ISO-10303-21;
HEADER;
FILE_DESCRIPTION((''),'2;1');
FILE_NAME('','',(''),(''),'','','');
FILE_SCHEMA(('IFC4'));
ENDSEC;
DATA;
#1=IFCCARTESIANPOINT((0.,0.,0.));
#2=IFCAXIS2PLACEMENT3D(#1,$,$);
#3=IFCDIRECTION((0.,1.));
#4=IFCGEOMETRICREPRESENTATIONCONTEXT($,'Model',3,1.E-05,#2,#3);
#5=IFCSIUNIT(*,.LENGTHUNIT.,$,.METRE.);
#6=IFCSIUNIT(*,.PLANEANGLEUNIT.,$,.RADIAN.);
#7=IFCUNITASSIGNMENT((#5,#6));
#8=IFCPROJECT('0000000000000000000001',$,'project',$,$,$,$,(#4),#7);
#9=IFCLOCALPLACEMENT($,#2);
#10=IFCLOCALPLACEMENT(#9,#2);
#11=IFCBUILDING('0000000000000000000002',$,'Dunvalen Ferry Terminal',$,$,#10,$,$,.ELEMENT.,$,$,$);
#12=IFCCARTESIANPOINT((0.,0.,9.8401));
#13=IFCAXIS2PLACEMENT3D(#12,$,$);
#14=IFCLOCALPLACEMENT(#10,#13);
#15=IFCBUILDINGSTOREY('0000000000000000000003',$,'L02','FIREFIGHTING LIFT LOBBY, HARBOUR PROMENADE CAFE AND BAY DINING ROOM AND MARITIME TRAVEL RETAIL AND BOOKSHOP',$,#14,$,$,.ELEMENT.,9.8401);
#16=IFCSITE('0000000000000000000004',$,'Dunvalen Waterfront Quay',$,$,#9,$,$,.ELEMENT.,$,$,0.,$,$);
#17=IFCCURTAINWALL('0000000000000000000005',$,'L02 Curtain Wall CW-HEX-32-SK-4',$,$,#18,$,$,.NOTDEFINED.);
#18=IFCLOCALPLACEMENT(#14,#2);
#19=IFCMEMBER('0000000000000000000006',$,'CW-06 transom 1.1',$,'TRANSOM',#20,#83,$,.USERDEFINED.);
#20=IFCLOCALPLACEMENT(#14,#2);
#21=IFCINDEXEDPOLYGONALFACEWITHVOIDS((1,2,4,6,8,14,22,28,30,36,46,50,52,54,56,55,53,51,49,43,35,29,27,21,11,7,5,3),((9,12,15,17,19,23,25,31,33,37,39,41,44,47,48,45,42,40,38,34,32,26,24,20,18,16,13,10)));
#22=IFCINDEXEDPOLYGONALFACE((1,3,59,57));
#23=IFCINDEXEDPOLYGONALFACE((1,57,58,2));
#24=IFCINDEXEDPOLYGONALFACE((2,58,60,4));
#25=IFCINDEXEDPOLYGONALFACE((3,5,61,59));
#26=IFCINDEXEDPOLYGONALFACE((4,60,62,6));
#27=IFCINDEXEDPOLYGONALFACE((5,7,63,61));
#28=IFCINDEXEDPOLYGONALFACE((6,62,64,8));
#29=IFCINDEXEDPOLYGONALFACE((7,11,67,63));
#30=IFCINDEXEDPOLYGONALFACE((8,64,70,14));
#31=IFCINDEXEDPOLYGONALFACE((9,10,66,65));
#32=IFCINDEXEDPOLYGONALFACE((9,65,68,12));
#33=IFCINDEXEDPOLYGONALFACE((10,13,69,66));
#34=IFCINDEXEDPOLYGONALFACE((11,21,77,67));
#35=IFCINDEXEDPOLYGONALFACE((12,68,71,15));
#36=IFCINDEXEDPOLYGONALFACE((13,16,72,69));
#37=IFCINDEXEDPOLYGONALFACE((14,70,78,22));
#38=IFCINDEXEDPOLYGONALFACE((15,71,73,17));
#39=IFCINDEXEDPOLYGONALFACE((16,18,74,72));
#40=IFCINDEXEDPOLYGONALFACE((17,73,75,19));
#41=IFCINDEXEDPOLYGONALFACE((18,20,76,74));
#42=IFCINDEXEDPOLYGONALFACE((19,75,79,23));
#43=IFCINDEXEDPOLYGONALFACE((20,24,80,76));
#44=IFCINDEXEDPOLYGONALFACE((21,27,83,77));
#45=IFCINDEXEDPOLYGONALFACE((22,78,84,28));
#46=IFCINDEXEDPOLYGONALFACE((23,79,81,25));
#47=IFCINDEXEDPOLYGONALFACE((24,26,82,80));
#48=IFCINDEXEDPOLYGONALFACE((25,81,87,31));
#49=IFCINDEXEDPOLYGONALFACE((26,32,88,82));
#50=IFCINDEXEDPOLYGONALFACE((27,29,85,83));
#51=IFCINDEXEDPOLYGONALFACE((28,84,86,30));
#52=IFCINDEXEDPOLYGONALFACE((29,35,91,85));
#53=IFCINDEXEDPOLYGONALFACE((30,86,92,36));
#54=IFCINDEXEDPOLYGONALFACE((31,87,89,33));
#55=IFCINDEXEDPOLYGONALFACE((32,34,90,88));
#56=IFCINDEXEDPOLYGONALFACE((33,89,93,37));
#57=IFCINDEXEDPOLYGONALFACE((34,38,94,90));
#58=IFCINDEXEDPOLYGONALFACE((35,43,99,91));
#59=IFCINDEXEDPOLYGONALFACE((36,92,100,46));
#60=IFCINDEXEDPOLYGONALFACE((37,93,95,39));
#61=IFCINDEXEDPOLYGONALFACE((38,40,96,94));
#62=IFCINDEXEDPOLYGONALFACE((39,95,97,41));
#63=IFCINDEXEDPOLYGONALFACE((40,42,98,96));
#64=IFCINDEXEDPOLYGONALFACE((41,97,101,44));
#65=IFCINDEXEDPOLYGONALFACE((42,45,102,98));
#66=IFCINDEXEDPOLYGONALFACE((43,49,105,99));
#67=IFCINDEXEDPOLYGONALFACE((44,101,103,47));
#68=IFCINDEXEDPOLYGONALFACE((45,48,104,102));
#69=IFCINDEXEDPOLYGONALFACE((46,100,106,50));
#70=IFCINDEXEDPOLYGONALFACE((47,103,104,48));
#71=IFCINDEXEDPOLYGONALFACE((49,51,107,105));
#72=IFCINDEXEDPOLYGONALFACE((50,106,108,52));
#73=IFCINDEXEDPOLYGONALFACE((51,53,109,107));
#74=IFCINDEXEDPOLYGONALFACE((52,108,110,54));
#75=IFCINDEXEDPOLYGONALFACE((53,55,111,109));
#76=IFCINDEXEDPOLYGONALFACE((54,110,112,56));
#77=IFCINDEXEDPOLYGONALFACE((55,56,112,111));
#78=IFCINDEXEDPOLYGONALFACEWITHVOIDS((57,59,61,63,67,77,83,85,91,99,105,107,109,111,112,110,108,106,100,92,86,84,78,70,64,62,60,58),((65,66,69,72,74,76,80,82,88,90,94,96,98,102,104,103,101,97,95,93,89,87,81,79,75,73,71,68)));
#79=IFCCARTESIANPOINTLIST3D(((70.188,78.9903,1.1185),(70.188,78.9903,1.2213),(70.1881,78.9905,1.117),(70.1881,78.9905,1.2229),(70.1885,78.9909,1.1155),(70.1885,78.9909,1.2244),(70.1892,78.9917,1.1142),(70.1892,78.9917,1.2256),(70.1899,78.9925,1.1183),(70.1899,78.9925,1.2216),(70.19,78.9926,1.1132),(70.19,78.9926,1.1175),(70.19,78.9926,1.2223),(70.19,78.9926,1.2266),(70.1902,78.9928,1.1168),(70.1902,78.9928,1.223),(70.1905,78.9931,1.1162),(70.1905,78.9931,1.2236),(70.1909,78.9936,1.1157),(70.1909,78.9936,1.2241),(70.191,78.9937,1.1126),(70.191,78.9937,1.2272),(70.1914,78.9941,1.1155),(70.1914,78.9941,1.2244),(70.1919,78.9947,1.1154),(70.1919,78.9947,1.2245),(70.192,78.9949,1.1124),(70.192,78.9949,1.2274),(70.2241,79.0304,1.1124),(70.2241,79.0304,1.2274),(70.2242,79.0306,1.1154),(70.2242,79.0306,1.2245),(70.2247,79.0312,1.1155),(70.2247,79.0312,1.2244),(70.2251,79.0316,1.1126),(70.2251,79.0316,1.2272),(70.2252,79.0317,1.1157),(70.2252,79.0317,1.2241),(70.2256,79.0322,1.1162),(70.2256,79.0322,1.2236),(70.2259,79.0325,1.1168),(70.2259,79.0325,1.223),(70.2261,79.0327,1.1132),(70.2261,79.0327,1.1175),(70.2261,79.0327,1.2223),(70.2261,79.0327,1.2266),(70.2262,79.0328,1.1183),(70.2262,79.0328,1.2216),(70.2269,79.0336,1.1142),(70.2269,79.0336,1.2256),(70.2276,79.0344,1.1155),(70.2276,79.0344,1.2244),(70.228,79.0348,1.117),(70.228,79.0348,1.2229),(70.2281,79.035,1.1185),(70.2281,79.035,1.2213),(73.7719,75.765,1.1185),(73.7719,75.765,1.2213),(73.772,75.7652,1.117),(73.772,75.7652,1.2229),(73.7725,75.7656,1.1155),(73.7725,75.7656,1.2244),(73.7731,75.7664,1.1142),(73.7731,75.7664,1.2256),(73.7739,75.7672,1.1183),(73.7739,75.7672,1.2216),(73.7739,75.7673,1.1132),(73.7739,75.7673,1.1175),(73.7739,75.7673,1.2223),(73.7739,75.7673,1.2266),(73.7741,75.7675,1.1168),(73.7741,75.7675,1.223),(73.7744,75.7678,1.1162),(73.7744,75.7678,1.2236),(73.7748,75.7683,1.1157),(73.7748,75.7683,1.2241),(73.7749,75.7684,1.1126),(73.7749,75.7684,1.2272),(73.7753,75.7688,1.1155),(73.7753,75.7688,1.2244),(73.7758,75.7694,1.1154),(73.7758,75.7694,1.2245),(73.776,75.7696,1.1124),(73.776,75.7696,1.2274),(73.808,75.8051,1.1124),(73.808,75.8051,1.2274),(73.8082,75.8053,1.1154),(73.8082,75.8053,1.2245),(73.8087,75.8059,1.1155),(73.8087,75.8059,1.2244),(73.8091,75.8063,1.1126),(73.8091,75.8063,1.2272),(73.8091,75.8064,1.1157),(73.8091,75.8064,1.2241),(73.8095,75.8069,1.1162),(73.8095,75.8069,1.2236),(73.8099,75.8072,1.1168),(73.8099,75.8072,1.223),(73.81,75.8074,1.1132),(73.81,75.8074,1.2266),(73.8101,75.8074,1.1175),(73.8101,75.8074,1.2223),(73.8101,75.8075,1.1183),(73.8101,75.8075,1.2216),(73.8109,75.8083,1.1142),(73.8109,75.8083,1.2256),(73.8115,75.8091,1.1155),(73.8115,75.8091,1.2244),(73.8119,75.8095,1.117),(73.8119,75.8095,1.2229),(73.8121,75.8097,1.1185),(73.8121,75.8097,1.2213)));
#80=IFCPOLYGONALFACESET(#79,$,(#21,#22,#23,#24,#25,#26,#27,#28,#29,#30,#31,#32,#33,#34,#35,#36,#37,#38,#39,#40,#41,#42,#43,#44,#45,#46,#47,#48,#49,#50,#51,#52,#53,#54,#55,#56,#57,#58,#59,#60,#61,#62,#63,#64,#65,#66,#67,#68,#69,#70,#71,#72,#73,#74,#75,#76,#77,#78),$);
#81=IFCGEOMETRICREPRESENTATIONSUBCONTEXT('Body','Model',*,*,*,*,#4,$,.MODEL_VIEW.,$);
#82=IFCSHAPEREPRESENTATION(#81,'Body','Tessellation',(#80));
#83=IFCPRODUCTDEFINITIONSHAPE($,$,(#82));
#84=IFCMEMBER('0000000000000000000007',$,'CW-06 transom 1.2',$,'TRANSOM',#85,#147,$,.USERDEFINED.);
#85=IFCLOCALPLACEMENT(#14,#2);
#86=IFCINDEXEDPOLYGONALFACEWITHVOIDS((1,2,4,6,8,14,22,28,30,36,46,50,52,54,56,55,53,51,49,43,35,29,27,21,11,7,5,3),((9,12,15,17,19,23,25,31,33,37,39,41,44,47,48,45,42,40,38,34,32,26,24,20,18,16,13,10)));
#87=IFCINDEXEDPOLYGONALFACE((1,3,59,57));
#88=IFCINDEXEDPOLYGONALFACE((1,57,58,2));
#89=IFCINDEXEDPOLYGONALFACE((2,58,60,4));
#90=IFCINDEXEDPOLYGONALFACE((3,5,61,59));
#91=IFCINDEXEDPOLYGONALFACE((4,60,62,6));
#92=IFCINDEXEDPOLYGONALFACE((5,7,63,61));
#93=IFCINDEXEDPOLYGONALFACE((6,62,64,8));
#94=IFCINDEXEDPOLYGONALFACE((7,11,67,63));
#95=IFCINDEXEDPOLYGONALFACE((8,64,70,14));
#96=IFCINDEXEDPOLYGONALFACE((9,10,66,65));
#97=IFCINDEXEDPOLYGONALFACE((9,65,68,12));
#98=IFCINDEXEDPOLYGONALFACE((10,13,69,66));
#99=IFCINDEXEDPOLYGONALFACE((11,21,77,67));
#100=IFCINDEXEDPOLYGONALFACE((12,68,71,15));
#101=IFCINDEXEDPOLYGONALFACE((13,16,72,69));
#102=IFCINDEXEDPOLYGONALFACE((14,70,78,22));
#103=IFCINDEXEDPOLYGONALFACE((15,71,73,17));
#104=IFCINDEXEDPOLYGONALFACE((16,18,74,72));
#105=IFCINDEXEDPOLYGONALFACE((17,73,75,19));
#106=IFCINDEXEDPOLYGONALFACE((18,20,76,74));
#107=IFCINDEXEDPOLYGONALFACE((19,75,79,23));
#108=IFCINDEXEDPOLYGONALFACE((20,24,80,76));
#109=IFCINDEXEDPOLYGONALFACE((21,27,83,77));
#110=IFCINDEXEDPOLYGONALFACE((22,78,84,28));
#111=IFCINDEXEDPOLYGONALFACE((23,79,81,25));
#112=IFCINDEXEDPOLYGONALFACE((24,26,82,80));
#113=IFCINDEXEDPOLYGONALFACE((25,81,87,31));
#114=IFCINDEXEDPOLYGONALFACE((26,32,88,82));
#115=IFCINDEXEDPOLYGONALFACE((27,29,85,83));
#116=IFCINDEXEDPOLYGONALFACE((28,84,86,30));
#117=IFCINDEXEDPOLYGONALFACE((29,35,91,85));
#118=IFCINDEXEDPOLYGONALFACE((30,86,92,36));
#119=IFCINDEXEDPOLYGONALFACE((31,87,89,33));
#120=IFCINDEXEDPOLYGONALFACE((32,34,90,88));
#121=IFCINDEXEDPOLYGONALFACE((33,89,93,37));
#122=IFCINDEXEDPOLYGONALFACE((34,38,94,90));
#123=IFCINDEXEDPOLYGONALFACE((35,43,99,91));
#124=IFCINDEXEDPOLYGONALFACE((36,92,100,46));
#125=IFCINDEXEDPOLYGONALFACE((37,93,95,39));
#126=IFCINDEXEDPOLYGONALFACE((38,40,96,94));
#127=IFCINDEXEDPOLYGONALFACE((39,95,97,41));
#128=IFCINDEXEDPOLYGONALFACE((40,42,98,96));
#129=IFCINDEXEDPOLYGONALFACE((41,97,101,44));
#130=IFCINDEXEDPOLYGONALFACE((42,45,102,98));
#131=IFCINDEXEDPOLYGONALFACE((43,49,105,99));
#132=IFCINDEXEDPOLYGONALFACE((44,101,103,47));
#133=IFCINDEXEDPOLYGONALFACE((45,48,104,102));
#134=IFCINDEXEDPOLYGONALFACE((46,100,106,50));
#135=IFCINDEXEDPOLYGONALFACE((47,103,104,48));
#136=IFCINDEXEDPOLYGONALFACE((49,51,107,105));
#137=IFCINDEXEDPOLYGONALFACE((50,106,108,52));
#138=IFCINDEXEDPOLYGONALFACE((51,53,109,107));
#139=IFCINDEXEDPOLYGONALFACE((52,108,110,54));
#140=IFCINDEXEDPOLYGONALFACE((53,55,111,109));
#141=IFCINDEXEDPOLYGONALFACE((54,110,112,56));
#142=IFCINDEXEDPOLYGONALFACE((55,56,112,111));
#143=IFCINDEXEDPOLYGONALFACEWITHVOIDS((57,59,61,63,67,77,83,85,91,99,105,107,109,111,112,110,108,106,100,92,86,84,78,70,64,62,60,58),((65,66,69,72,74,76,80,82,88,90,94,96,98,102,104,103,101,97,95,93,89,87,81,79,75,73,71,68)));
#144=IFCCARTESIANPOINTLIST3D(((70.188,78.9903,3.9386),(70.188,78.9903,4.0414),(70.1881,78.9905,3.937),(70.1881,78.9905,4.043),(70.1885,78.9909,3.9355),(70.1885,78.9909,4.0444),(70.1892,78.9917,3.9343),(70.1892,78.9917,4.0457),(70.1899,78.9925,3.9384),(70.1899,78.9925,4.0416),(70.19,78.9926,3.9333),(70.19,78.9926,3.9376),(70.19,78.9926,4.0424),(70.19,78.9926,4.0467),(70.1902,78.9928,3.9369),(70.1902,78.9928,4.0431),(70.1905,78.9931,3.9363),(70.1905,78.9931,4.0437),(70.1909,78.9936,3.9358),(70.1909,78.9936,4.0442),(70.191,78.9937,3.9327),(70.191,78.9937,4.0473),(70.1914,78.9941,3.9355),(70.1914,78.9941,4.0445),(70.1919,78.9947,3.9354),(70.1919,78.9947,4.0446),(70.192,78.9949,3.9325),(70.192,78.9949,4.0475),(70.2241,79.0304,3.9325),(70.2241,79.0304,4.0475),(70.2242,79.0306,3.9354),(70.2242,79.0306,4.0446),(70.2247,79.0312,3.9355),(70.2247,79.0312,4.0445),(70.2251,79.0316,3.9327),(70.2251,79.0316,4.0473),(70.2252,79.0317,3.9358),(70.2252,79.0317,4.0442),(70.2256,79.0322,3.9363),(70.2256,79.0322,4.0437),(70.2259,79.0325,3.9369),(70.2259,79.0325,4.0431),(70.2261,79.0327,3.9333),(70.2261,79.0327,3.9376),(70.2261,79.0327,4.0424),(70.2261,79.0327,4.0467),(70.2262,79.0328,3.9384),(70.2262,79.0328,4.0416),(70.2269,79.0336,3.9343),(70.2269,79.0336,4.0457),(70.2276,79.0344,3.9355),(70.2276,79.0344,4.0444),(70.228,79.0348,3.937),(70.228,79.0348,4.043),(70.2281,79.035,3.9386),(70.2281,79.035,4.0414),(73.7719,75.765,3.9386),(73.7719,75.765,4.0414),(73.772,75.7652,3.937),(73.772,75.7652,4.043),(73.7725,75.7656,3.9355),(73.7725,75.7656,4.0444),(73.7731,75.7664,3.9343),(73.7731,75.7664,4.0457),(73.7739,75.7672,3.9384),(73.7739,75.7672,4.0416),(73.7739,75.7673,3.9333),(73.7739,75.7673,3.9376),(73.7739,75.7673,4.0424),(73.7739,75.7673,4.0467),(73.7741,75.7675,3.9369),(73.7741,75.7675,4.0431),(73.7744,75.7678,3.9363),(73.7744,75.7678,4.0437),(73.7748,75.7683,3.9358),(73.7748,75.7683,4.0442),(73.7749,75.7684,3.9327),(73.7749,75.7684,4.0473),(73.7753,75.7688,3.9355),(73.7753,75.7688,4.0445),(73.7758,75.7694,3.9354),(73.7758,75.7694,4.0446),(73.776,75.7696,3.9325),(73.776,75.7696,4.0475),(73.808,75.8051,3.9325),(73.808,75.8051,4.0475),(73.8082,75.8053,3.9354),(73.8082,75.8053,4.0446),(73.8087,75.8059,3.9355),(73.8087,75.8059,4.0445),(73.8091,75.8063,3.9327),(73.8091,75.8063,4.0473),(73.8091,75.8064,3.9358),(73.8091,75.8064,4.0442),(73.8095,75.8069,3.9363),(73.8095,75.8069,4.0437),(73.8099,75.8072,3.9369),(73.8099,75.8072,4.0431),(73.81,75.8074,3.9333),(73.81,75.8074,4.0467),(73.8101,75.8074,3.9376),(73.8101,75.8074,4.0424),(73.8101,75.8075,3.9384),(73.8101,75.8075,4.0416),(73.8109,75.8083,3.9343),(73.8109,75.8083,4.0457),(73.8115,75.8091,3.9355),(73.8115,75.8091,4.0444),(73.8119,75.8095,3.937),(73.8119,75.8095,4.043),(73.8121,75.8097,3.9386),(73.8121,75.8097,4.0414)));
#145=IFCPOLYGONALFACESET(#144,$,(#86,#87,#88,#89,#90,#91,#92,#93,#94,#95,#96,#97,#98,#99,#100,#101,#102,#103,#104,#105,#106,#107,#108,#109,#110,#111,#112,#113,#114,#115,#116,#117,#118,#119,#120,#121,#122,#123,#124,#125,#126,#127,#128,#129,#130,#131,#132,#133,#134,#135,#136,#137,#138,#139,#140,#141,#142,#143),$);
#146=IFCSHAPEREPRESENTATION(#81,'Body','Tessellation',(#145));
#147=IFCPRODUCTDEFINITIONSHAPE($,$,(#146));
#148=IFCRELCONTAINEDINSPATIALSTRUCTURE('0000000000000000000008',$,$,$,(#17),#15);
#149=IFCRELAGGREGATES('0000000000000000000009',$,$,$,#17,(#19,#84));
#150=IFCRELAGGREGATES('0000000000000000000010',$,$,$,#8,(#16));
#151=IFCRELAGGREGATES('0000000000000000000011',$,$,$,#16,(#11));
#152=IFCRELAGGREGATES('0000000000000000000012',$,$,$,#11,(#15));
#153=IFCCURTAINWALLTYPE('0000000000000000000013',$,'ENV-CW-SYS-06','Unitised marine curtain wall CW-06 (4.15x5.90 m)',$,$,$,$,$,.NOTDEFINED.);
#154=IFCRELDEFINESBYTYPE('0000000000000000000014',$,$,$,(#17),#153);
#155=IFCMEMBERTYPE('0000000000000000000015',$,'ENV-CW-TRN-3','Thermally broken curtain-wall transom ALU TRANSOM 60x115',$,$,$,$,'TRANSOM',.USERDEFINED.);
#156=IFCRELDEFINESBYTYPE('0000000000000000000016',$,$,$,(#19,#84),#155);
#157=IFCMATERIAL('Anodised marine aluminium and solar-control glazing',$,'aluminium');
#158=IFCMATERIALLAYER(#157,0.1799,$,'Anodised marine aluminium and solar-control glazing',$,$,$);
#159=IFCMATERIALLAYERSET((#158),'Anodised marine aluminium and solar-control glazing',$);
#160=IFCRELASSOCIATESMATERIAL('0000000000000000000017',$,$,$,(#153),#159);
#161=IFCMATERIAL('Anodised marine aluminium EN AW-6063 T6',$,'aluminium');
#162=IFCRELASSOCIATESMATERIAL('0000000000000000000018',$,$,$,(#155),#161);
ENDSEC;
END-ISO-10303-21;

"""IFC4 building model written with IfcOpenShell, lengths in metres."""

from ifc_helpers import new_model, si_unit, direction, frame, origin, origin_2d, place, context, subcontext, project, spatial, hollow_rectangle, extrude, material, layer, layer_set, material_profile, profile_set, type_object, element, aggregate, save


model = new_model("IFC4")

# Units and contexts
model_context = context("Model", 3, precision=1e-05, world=origin(), true_north=direction((0.0, 1.0)))
body_context = subcontext(model_context, "Body", "Model", "MODEL_VIEW")
ifc_project = project(units=[si_unit("LENGTHUNIT", "METRE"), si_unit("PLANEANGLEUNIT", "RADIAN")], contexts=[model_context])

# Site, building, storey
site_placement = place(None, origin())
site = spatial("IfcSite", under=ifc_project, at=site_placement, Name="Dunvalen Waterfront Quay", CompositionType="ELEMENT", RefElevation=0.0)
building_placement = place(site_placement, origin())
building = spatial("IfcBuilding", under=site, at=building_placement, Name="Dunvalen Ferry Terminal", CompositionType="ELEMENT")
storey_placement = place(building_placement, frame((0.0, 0.0, 9.8401)))
storey = spatial("IfcBuildingStorey", under=building, at=storey_placement, Name="L02", Description="FIREFIGHTING LIFT LOBBY, HARBOUR PROMENADE CAFE AND BAY DINING ROOM AND MARITIME TRAVEL RETAIL AND BOOKSHOP", CompositionType="ELEMENT", Elevation=9.8401)

# Shared definitions
ifc_material_1 = material(Name="Anodised marine aluminium and solar-control glazing", Category="aluminium")
ifc_material_2 = material(Name="Anodised marine aluminium EN AW-6063 T6", Category="aluminium")

# Curtain wall
ifc_layer_1 = layer(ifc_material_1, 0.1799, Name="Anodised marine aluminium and solar-control glazing")
ifc_layer_set_1 = layer_set([ifc_layer_1], Name="Anodised marine aluminium and solar-control glazing")
curtain_wall_type_1 = type_object("IfcCurtainWallType", Name="ENV-CW-SYS-06", Description="Unitised marine curtain wall CW-06 (4.15x5.90 m)", PredefinedType="NOTDEFINED", material=ifc_layer_set_1)
curtain_wall_1_placement = place(storey_placement, origin())
curtain_wall_1 = element("IfcCurtainWall", 1, at=curtain_wall_1_placement, inside=storey, type_object=curtain_wall_type_1, Name="L02 Curtain Wall CW-HEX-32-SK-4", PredefinedType="NOTDEFINED")

# Members
ifc_material_profile_1 = material_profile(ifc_material_2, hollow_rectangle(XDim=0.0601, YDim=0.115, WallThickness=0.0029, InnerFilletRadius=0.0029, OuterFilletRadius=0.0061, at=origin_2d()), Name="Anodised marine aluminium EN AW-6063 T6")
ifc_profile_set_1 = profile_set([ifc_material_profile_1], Name="Anodised marine aluminium EN AW-6063 T6")
member_type_1 = type_object("IfcMemberType", Name="ENV-CW-TRN-3", Description="Thermally broken curtain-wall transom ALU TRANSOM 60x115", ElementType="TRANSOM", PredefinedType="USERDEFINED", material=ifc_profile_set_1)
member_1_placement = place(storey_placement, frame((73.792, 75.7874, 1.1699), z_axis=(-0.743319, 0.668937, 0.0), x_axis=(-0.668937, -0.743319, 0.0)))
member_1 = element("IfcMember", 2, at=member_1_placement, type_object=member_type_1, Name="CW-06 transom 1.1", ObjectType="TRANSOM", PredefinedType="USERDEFINED", context=body_context, shape_type="SweptSolid", body=[
    extrude(hollow_rectangle(XDim=0.0601, YDim=0.115, WallThickness=0.0029, InnerFilletRadius=0.0029, OuterFilletRadius=0.0061, at=origin_2d()), origin(), (0.0, 0.0, 1.0), 4.8215),
])
member_2_placement = place(storey_placement, frame((73.792, 75.7874, 3.99), z_axis=(-0.743319, 0.668937, 0.0), x_axis=(-0.668937, -0.743319, 0.0)))
member_2 = element("IfcMember", 3, at=member_2_placement, type_object=member_type_1, Name="CW-06 transom 1.2", ObjectType="TRANSOM", PredefinedType="USERDEFINED", context=body_context, shape_type="SweptSolid", body=[
    extrude(hollow_rectangle(XDim=0.0601, YDim=0.115, WallThickness=0.0029, InnerFilletRadius=0.0029, OuterFilletRadius=0.0061, at=origin_2d()), origin(), (0.0, 0.0, 1.0), 4.8215),
])

aggregate(curtain_wall_1, [member_1, member_2])

save(model, "model.ifc")
